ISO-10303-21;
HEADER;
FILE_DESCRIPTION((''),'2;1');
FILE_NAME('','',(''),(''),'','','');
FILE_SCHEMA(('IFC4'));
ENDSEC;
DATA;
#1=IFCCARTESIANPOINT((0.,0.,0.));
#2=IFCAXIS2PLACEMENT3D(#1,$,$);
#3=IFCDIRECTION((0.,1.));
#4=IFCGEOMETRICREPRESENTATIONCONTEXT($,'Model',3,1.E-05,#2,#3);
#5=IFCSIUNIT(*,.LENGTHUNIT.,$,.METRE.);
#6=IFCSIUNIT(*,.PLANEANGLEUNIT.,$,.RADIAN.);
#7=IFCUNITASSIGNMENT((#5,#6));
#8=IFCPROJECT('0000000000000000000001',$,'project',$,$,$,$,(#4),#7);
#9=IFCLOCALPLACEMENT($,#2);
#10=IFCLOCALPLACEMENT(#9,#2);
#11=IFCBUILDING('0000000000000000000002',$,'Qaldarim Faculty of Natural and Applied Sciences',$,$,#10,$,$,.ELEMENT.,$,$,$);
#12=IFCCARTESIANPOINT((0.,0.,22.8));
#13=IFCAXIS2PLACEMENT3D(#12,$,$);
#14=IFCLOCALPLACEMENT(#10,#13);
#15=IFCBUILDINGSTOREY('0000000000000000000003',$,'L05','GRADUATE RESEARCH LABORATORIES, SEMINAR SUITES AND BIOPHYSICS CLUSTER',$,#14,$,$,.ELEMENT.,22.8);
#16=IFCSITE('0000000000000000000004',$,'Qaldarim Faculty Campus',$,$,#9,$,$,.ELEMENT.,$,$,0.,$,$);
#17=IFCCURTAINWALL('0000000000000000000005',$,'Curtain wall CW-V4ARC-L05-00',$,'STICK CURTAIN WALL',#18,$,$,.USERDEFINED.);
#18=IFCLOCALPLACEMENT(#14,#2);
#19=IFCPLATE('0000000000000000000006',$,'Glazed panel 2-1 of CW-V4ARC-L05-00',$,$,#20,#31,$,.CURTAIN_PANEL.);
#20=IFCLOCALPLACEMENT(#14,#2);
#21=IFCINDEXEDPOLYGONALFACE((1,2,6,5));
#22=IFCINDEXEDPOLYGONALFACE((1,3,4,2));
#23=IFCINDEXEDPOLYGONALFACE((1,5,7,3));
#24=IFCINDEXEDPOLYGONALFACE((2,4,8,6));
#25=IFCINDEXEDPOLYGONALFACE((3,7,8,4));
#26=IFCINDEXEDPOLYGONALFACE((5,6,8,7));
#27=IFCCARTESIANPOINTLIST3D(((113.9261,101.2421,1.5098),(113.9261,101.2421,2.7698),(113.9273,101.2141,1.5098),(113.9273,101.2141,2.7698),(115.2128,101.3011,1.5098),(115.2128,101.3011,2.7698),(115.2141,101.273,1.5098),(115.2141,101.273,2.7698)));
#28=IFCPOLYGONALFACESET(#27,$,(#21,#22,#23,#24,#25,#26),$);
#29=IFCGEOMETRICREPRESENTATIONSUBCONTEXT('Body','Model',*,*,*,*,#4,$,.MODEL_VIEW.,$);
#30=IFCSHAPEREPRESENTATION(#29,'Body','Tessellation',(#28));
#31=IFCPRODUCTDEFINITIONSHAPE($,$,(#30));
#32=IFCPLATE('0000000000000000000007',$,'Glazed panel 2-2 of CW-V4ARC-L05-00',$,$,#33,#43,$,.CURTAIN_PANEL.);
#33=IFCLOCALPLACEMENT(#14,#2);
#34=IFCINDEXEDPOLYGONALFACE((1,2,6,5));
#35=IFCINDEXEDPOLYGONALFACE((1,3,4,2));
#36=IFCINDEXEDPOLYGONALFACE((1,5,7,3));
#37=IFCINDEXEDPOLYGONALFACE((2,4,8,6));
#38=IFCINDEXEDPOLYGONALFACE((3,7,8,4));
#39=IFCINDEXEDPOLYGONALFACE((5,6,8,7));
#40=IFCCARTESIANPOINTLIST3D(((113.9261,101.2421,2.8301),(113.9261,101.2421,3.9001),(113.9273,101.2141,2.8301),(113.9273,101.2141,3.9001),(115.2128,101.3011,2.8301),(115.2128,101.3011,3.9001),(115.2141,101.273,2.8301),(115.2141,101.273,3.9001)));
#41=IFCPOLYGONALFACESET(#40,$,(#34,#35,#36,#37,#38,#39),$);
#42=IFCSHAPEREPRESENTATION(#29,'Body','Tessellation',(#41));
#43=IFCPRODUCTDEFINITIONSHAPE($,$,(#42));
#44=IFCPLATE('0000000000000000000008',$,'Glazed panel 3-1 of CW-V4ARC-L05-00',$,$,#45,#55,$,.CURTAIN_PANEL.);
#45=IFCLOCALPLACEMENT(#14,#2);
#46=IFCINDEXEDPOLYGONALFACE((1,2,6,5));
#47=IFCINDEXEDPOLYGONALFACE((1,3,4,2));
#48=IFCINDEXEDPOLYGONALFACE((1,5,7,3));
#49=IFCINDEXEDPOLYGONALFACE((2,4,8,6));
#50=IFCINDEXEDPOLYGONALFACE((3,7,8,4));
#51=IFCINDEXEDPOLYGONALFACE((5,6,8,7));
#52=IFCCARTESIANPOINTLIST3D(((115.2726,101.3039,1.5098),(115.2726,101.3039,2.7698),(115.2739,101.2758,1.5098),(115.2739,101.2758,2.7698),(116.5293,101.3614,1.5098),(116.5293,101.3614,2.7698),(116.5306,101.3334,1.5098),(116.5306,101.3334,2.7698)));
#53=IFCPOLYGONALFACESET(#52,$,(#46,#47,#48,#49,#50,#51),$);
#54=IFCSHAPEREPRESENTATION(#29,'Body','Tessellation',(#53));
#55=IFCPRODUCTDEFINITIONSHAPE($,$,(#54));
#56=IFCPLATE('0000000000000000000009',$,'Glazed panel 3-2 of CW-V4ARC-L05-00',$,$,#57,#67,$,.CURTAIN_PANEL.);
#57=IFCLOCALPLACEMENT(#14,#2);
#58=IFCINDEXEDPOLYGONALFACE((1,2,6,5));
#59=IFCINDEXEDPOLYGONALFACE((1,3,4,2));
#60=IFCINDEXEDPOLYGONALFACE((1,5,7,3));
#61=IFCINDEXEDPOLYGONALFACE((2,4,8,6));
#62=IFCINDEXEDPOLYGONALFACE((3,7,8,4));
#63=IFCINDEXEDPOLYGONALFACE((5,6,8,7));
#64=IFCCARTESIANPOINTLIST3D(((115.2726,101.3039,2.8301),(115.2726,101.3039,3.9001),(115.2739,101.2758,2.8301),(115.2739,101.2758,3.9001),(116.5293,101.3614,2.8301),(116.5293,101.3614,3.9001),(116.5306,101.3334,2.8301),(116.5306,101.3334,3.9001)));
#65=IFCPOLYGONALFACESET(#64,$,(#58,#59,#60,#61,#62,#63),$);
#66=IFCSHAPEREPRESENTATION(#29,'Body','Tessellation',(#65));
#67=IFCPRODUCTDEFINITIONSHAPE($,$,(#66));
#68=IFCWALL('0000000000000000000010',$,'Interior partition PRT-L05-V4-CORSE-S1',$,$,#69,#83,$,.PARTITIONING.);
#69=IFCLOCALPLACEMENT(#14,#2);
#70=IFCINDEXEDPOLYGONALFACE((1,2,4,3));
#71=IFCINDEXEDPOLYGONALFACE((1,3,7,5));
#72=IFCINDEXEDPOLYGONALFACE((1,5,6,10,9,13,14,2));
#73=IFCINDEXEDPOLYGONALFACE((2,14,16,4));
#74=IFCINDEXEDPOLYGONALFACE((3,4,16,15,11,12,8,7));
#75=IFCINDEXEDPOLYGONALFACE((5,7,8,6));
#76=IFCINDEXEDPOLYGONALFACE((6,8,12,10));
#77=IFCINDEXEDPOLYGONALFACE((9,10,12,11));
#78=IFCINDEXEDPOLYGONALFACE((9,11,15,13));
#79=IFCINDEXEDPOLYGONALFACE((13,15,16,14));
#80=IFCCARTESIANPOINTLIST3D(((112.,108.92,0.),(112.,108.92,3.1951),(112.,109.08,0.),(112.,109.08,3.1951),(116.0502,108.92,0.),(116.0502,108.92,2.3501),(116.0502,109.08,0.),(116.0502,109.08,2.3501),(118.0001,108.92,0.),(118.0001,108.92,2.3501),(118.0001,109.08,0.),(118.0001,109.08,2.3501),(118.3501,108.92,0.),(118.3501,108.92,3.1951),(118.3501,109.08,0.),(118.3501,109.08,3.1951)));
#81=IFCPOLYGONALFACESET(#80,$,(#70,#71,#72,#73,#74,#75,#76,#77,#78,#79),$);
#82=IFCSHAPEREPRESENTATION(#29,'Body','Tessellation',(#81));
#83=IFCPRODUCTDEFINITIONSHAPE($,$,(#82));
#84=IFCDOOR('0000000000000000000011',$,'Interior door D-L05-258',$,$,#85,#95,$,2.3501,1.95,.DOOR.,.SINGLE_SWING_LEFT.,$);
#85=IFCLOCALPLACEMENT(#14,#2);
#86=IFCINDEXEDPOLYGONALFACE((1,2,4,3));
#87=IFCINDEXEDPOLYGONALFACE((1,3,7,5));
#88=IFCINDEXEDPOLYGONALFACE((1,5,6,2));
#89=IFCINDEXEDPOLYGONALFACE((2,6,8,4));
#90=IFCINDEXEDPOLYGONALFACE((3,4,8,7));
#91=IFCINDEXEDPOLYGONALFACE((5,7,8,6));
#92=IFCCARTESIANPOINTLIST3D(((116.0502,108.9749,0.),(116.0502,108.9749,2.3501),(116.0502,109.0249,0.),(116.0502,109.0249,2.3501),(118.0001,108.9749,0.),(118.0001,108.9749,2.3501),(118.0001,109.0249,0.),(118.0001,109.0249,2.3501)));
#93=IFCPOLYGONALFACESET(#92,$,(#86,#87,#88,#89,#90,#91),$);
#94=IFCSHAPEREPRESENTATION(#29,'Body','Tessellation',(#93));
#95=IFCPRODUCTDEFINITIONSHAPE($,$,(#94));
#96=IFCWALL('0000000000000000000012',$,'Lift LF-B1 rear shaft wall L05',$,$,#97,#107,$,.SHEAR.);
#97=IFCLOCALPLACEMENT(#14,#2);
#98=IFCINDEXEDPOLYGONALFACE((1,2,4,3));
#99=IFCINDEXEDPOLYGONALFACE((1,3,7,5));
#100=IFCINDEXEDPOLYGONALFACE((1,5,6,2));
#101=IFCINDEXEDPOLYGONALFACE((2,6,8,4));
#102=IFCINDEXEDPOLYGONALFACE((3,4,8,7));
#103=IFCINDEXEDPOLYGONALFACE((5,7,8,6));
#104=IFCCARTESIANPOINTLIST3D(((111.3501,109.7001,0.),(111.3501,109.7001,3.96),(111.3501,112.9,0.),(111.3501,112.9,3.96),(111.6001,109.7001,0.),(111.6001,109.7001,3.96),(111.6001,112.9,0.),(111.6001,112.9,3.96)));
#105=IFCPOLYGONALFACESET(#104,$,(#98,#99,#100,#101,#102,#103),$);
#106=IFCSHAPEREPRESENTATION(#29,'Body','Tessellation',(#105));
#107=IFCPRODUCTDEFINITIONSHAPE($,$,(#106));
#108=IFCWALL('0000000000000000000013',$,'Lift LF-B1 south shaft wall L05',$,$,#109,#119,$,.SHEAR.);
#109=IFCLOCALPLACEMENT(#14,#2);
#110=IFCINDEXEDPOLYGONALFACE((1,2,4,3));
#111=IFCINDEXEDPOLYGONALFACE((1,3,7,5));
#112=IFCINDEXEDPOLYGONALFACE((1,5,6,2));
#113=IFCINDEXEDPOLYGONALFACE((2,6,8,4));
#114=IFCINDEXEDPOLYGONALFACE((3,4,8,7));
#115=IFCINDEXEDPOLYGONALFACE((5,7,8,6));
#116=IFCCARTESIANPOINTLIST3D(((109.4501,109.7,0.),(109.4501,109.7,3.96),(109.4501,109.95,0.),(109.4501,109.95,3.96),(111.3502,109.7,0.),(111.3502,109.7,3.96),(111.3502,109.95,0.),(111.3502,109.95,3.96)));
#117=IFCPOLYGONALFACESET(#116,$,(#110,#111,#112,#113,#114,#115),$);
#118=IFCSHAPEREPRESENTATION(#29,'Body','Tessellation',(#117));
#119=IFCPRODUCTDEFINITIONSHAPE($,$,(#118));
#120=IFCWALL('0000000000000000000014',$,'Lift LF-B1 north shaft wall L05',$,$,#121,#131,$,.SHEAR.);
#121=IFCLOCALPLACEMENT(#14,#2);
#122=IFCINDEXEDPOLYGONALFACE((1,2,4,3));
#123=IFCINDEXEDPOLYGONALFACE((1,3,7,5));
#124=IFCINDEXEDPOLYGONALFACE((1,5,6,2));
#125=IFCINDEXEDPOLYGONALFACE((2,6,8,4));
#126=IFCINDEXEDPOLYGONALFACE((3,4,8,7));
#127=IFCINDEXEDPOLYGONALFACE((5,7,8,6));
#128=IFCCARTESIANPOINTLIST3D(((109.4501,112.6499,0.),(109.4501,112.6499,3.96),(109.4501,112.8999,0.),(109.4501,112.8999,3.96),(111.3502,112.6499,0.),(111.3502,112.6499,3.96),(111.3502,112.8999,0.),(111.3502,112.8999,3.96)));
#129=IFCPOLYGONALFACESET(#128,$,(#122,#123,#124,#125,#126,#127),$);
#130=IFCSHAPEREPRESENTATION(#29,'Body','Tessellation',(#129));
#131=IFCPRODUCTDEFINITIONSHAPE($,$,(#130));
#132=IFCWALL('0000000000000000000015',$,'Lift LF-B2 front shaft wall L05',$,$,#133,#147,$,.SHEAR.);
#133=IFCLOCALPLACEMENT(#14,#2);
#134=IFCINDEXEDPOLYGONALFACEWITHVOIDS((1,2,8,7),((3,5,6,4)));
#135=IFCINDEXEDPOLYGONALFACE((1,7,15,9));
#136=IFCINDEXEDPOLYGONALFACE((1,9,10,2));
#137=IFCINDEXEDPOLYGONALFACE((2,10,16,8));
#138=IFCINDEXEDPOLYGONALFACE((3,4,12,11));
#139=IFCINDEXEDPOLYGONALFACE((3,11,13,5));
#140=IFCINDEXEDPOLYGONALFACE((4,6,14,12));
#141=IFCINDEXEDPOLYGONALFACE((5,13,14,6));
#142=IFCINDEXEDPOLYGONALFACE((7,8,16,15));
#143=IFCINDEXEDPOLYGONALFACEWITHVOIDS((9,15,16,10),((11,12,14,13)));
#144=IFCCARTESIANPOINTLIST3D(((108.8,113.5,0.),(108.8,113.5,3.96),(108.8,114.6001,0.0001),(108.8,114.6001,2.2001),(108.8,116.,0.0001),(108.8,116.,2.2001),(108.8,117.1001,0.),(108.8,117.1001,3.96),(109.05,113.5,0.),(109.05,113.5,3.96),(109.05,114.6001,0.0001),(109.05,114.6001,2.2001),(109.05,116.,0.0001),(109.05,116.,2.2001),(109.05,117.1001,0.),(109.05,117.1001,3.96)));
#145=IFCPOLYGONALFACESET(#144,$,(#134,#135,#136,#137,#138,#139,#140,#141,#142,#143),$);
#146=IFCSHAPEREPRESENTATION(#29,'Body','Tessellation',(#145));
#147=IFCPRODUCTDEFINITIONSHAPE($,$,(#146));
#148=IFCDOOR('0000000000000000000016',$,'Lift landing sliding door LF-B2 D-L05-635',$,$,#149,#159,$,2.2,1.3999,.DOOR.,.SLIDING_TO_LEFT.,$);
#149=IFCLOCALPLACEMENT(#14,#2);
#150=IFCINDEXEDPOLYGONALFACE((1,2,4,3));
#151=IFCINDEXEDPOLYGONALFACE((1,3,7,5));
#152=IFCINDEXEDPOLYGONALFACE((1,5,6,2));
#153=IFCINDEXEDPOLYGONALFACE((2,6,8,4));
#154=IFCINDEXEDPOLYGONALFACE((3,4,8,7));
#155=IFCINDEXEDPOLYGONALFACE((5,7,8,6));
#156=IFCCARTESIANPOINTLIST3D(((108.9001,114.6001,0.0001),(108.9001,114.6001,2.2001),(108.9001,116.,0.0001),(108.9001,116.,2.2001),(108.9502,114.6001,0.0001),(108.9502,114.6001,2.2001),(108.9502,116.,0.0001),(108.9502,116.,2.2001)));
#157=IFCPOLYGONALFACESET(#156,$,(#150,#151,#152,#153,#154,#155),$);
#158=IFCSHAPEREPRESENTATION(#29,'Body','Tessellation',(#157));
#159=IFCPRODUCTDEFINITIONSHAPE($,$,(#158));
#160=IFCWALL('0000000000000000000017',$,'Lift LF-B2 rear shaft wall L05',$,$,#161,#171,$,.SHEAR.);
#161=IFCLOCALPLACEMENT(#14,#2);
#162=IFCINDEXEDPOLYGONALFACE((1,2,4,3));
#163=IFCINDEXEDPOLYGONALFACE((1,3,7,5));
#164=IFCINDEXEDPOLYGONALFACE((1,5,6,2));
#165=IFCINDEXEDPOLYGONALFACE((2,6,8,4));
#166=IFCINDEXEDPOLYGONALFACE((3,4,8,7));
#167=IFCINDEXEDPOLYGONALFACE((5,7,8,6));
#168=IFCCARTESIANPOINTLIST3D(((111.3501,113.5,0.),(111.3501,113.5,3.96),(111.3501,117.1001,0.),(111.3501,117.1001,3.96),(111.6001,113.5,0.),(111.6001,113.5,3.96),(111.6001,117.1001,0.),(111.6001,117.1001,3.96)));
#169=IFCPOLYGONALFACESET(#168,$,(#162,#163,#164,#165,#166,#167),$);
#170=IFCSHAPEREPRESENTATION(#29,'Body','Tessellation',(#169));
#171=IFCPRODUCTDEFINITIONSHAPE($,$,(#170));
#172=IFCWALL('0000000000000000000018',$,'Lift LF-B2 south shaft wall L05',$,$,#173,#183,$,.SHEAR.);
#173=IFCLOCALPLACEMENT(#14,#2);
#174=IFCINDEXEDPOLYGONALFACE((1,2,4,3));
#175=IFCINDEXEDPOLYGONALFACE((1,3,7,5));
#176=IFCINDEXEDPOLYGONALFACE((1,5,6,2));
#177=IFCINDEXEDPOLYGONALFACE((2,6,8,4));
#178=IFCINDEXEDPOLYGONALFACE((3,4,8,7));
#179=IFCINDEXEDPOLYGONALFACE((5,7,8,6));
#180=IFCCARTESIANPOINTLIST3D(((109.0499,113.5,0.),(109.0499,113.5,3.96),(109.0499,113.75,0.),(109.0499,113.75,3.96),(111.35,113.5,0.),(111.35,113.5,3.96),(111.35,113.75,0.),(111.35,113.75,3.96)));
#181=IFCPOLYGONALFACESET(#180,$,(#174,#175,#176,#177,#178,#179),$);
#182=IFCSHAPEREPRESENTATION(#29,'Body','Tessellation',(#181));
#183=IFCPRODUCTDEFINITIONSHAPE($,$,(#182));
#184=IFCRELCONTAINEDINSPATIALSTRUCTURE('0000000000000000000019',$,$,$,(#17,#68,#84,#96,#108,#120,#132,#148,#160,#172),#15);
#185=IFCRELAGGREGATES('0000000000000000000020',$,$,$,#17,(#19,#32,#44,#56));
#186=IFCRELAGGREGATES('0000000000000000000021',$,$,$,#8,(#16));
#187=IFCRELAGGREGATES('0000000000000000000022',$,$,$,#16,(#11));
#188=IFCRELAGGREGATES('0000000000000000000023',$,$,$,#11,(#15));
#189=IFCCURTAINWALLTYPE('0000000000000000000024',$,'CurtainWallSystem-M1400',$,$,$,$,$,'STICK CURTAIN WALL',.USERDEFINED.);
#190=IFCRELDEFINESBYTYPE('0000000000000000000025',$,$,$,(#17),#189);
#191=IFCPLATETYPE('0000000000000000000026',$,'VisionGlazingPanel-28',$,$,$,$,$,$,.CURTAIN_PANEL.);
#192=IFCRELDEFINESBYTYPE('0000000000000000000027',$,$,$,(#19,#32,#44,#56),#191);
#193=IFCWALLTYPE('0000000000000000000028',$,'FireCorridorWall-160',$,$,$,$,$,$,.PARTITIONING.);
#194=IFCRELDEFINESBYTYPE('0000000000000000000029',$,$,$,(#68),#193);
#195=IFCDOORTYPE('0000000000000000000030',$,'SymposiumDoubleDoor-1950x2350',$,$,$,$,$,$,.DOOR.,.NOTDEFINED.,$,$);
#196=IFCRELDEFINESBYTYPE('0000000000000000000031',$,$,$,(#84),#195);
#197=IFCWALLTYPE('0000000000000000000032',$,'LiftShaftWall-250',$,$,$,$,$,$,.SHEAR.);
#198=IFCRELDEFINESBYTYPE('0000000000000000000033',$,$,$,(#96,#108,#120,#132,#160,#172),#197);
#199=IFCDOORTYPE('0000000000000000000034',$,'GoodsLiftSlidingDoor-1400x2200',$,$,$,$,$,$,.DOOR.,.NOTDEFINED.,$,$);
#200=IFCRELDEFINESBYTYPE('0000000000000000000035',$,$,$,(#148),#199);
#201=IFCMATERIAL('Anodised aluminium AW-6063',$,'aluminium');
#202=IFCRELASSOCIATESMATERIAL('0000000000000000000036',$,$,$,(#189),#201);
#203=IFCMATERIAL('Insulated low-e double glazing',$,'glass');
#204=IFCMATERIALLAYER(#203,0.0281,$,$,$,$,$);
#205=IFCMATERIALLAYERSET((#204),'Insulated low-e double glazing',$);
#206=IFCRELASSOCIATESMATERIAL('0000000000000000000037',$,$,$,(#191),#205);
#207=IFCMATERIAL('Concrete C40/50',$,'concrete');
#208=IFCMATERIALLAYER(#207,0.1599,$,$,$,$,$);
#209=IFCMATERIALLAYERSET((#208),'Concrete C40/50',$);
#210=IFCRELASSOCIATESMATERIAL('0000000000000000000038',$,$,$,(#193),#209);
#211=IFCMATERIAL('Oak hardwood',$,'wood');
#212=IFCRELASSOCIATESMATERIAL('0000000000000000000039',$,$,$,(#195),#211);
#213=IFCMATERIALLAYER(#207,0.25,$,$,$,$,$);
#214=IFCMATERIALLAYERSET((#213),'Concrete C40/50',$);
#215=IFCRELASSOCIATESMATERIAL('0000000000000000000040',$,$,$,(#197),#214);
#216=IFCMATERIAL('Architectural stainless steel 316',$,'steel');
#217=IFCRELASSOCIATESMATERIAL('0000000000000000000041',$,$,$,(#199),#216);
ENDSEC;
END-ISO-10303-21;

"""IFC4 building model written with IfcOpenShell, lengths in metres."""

from ifc_helpers import new_model, si_unit, direction, frame, frame_2d, origin, origin_2d, place, context, subcontext, project, spatial, rectangle, extrude, material, layer, layer_set, type_object, element, fill, aggregate, save


model = new_model("IFC4")

# Units and contexts
model_context = context("Model", 3, precision=1e-05, world=origin(), true_north=direction((0.0, 1.0)))
body_context = subcontext(model_context, "Body", "Model", "MODEL_VIEW")
ifc_project = project(units=[si_unit("LENGTHUNIT", "METRE"), si_unit("PLANEANGLEUNIT", "RADIAN")], contexts=[model_context])

# Site, building, storey
site_placement = place(None, origin())
site = spatial("IfcSite", under=ifc_project, at=site_placement, Name="Qaldarim Faculty Campus", CompositionType="ELEMENT", RefElevation=0.0)
building_placement = place(site_placement, origin())
building = spatial("IfcBuilding", under=site, at=building_placement, Name="Qaldarim Faculty of Natural and Applied Sciences", CompositionType="ELEMENT")
storey_placement = place(building_placement, frame((0.0, 0.0, 22.8)))
storey = spatial("IfcBuildingStorey", under=building, at=storey_placement, Name="L05", Description="GRADUATE RESEARCH LABORATORIES, SEMINAR SUITES AND BIOPHYSICS CLUSTER", CompositionType="ELEMENT", Elevation=22.8)

# Shared definitions
ifc_material_1 = material(Name="Concrete C40/50", Category="concrete")

# Curtain wall, plates
ifc_material_2 = material(Name="Anodised aluminium AW-6063", Category="aluminium")
curtain_wall_type = type_object("IfcCurtainWallType", Name="CurtainWallSystem-M1400", ElementType="STICK CURTAIN WALL", PredefinedType="USERDEFINED", material=ifc_material_2)
curtain_wall_placement = place(storey_placement, origin())
curtain_wall = element("IfcCurtainWall", 1, at=curtain_wall_placement, inside=storey, type_object=curtain_wall_type, Name="Curtain wall CW-V4ARC-L05-00", ObjectType="STICK CURTAIN WALL", PredefinedType="USERDEFINED")
ifc_material_3 = material(Name="Insulated low-e double glazing", Category="glass")
ifc_layer_1 = layer(ifc_material_3, 0.0281)
ifc_layer_set_1 = layer_set([ifc_layer_1], Name="Insulated low-e double glazing")
plate_type = type_object("IfcPlateType", Name="VisionGlazingPanel-28", PredefinedType="CURTAIN_PANEL", material=ifc_layer_set_1)
plate_1_placement = place(storey_placement, frame((114.5701, 101.2576, 1.5098), z_axis=(0.0, 0.0, 1.0), x_axis=(0.998953, 0.045747, 0.0)))
plate_1 = element("IfcPlate", 2, at=plate_1_placement, type_object=plate_type, Name="Glazed panel 2-1 of CW-V4ARC-L05-00", PredefinedType="CURTAIN_PANEL", context=body_context, shape_type="SweptSolid", body=[
    extrude(rectangle(XDim=1.2881, YDim=0.0281, at=origin_2d()), origin(), (0.0, 0.0, 1.0), 1.26),
])
plate_2_placement = place(storey_placement, frame((114.5701, 101.2576, 2.8301), z_axis=(0.0, 0.0, 1.0), x_axis=(0.998953, 0.045747, 0.0)))
plate_2 = element("IfcPlate", 3, at=plate_2_placement, type_object=plate_type, Name="Glazed panel 2-2 of CW-V4ARC-L05-00", PredefinedType="CURTAIN_PANEL", context=body_context, shape_type="SweptSolid", body=[
    extrude(rectangle(XDim=1.2881, YDim=0.0281, at=origin_2d()), origin(), (0.0, 0.0, 1.0), 1.0701),
])
plate_3_placement = place(storey_placement, frame((115.9016, 101.3186, 1.5098), z_axis=(0.0, 0.0, 1.0), x_axis=(0.998953, 0.045747, 0.0)))
plate_3 = element("IfcPlate", 4, at=plate_3_placement, type_object=plate_type, Name="Glazed panel 3-1 of CW-V4ARC-L05-00", PredefinedType="CURTAIN_PANEL", context=body_context, shape_type="SweptSolid", body=[
    extrude(rectangle(XDim=1.2581, YDim=0.0281, at=origin_2d()), origin(), (0.0, 0.0, 1.0), 1.26),
])
plate_4_placement = place(storey_placement, frame((115.9016, 101.3186, 2.8301), z_axis=(0.0, 0.0, 1.0), x_axis=(0.998953, 0.045747, 0.0)))
plate_4 = element("IfcPlate", 5, at=plate_4_placement, type_object=plate_type, Name="Glazed panel 3-2 of CW-V4ARC-L05-00", PredefinedType="CURTAIN_PANEL", context=body_context, shape_type="SweptSolid", body=[
    extrude(rectangle(XDim=1.2581, YDim=0.0281, at=origin_2d()), origin(), (0.0, 0.0, 1.0), 1.0701),
])
aggregate(curtain_wall, [plate_1, plate_2, plate_3, plate_4])

# Wall, opening, door
ifc_layer_2 = layer(ifc_material_1, 0.1599)
ifc_layer_set_2 = layer_set([ifc_layer_2], Name="Concrete C40/50")
wall_type_1 = type_object("IfcWallType", Name="FireCorridorWall-160", PredefinedType="PARTITIONING", material=ifc_layer_set_2)
wall_1_placement = place(storey_placement, frame((112.0, 109.0, 0.0), z_axis=(0.0, 0.0, 1.0), x_axis=(1.0, 0.0, 0.0)))
wall_1 = element("IfcWall", 6, at=wall_1_placement, inside=storey, type_object=wall_type_1, Name="Interior partition PRT-L05-V4-CORSE-S1", PredefinedType="PARTITIONING", context=body_context, shape_type="SweptSolid", body=[
    extrude(rectangle(XDim=6.3501, YDim=0.1599, at=frame_2d((3.175, 0.0))), origin(), (0.0, 0.0, 1.0), 3.1951),
])
opening_1_placement = place(wall_1_placement, frame((4.05, 0.0, 0.0)))
opening_1 = element("IfcOpeningElement", 7, at=opening_1_placement, cuts=wall_1, PredefinedType="OPENING", context=body_context, shape_type="SweptSolid", body=[
    extrude(rectangle(XDim=1.95, YDim=2.3501, at=frame_2d((0.9751, 1.175))), frame((0.0, 0.0898, 0.0), z_axis=(0.0, -1.0, 0.0), x_axis=(1.0, 0.0, 0.0)), (0.0, 0.0, 1.0), 0.1799),
])
ifc_material_4 = material(Name="Oak hardwood", Category="wood")
door_type_1 = type_object("IfcDoorType", Name="SymposiumDoubleDoor-1950x2350", OperationType="NOTDEFINED", PredefinedType="DOOR", material=ifc_material_4)
door_1_placement = place(opening_1_placement, origin())
door_1 = element("IfcDoor", 8, at=door_1_placement, inside=storey, type_object=door_type_1, Name="Interior door D-L05-258", OperationType="SINGLE_SWING_LEFT", OverallHeight=2.3501, OverallWidth=1.95, PredefinedType="DOOR", context=body_context, shape_type="SweptSolid", body=[
    extrude(rectangle(XDim=1.95, YDim=2.3501, at=frame_2d((0.9751, 1.175))), frame((0.0, 0.0249, 0.0), z_axis=(0.0, -1.0, 0.0), x_axis=(1.0, 0.0, 0.0)), (0.0, 0.0, 1.0), 0.05),
])
fill(opening_1, door_1)
ifc_material_5 = material(Name="Architectural stainless steel 316", Category="steel")
ifc_layer_3 = layer(ifc_material_1, 0.25)
ifc_layer_set_3 = layer_set([ifc_layer_3], Name="Concrete C40/50")
wall_type_2 = type_object("IfcWallType", Name="LiftShaftWall-250", PredefinedType="SHEAR", material=ifc_layer_set_3)

# Walls
wall_2_placement = place(storey_placement, frame((111.4751, 109.7, 0.0), z_axis=(0.0, 0.0, 1.0), x_axis=(0.0, 1.0, 0.0)))
element("IfcWall", 9, at=wall_2_placement, inside=storey, type_object=wall_type_2, Name="Lift LF-B1 rear shaft wall L05", PredefinedType="SHEAR", context=body_context, shape_type="SweptSolid", body=[
    extrude(rectangle(XDim=3.2, YDim=0.25, at=frame_2d((1.6001, 0.0))), origin(), (0.0, 0.0, 1.0), 3.96),
])
for number, where, z_axis, x_axis, name in (
    (10, (109.45, 109.825, 0.0), (0.0, 0.0, 1.0), (1.0, 0.0, 0.0), "Lift LF-B1 south shaft wall L05"),
    (11, (109.45, 112.7749, 0.0), (0.0, 0.0, 1.0), (1.0, 0.0, 0.0), "Lift LF-B1 north shaft wall L05"),
):
    element("IfcWall", number, at=place(storey_placement, frame(where, z_axis=z_axis, x_axis=x_axis)), inside=storey, type_object=wall_type_2, Name=name, PredefinedType="SHEAR", context=body_context, shape_type="SweptSolid", body=[
        extrude(rectangle(XDim=1.9001, YDim=0.25, at=frame_2d((0.9502, 0.0))), origin(), (0.0, 0.0, 1.0), 3.96),
    ])

# Wall, opening, door
wall_3_placement = place(storey_placement, frame((108.925, 113.5, 0.0), z_axis=(0.0, 0.0, 1.0), x_axis=(0.0, 1.0, 0.0)))
wall_3 = element("IfcWall", 12, at=wall_3_placement, inside=storey, type_object=wall_type_2, Name="Lift LF-B2 front shaft wall L05", PredefinedType="SHEAR", context=body_context, shape_type="SweptSolid", body=[
    extrude(rectangle(XDim=3.6001, YDim=0.25, at=frame_2d((1.8, 0.0))), origin(), (0.0, 0.0, 1.0), 3.96),
])
opening_2_placement = place(wall_3_placement, frame((1.1001, 0.0, 0.0)))
opening_2 = element("IfcOpeningElement", 13, at=opening_2_placement, cuts=wall_3, PredefinedType="OPENING", context=body_context, shape_type="SweptSolid", body=[
    extrude(rectangle(XDim=1.3999, YDim=2.2, at=frame_2d((0.7, 1.1001))), frame((0.0, 0.135, 0.0), z_axis=(0.0, -1.0, 0.0), x_axis=(1.0, 0.0, 0.0)), (0.0, 0.0, 1.0), 0.27),
])
door_type_2 = type_object("IfcDoorType", Name="GoodsLiftSlidingDoor-1400x2200", OperationType="NOTDEFINED", PredefinedType="DOOR", material=ifc_material_5)
door_2_placement = place(opening_2_placement, origin())
door_2 = element("IfcDoor", 14, at=door_2_placement, inside=storey, type_object=door_type_2, Name="Lift landing sliding door LF-B2 D-L05-635", OperationType="SLIDING_TO_LEFT", OverallHeight=2.2, OverallWidth=1.3999, PredefinedType="DOOR", context=body_context, shape_type="SweptSolid", body=[
    extrude(rectangle(XDim=1.3999, YDim=2.2, at=frame_2d((0.7, 1.1001))), frame((0.0, 0.0249, 0.0), z_axis=(0.0, -1.0, 0.0), x_axis=(1.0, 0.0, 0.0)), (0.0, 0.0, 1.0), 0.05),
])
fill(opening_2, door_2)

# Walls
wall_4_placement = place(storey_placement, frame((111.4751, 113.5, 0.0), z_axis=(0.0, 0.0, 1.0), x_axis=(0.0, 1.0, 0.0)))
element("IfcWall", 15, at=wall_4_placement, inside=storey, type_object=wall_type_2, Name="Lift LF-B2 rear shaft wall L05", PredefinedType="SHEAR", context=body_context, shape_type="SweptSolid", body=[
    extrude(rectangle(XDim=3.6001, YDim=0.25, at=frame_2d((1.8, 0.0))), origin(), (0.0, 0.0, 1.0), 3.96),
])
wall_5_placement = place(storey_placement, frame((109.05, 113.625, 0.0), z_axis=(0.0, 0.0, 1.0), x_axis=(1.0, 0.0, 0.0)))
element("IfcWall", 16, at=wall_5_placement, inside=storey, type_object=wall_type_2, Name="Lift LF-B2 south shaft wall L05", PredefinedType="SHEAR", context=body_context, shape_type="SweptSolid", body=[
    extrude(rectangle(XDim=2.3, YDim=0.25, at=frame_2d((1.1499, 0.0))), origin(), (0.0, 0.0, 1.0), 3.96),
])

save(model, "model.ifc")
